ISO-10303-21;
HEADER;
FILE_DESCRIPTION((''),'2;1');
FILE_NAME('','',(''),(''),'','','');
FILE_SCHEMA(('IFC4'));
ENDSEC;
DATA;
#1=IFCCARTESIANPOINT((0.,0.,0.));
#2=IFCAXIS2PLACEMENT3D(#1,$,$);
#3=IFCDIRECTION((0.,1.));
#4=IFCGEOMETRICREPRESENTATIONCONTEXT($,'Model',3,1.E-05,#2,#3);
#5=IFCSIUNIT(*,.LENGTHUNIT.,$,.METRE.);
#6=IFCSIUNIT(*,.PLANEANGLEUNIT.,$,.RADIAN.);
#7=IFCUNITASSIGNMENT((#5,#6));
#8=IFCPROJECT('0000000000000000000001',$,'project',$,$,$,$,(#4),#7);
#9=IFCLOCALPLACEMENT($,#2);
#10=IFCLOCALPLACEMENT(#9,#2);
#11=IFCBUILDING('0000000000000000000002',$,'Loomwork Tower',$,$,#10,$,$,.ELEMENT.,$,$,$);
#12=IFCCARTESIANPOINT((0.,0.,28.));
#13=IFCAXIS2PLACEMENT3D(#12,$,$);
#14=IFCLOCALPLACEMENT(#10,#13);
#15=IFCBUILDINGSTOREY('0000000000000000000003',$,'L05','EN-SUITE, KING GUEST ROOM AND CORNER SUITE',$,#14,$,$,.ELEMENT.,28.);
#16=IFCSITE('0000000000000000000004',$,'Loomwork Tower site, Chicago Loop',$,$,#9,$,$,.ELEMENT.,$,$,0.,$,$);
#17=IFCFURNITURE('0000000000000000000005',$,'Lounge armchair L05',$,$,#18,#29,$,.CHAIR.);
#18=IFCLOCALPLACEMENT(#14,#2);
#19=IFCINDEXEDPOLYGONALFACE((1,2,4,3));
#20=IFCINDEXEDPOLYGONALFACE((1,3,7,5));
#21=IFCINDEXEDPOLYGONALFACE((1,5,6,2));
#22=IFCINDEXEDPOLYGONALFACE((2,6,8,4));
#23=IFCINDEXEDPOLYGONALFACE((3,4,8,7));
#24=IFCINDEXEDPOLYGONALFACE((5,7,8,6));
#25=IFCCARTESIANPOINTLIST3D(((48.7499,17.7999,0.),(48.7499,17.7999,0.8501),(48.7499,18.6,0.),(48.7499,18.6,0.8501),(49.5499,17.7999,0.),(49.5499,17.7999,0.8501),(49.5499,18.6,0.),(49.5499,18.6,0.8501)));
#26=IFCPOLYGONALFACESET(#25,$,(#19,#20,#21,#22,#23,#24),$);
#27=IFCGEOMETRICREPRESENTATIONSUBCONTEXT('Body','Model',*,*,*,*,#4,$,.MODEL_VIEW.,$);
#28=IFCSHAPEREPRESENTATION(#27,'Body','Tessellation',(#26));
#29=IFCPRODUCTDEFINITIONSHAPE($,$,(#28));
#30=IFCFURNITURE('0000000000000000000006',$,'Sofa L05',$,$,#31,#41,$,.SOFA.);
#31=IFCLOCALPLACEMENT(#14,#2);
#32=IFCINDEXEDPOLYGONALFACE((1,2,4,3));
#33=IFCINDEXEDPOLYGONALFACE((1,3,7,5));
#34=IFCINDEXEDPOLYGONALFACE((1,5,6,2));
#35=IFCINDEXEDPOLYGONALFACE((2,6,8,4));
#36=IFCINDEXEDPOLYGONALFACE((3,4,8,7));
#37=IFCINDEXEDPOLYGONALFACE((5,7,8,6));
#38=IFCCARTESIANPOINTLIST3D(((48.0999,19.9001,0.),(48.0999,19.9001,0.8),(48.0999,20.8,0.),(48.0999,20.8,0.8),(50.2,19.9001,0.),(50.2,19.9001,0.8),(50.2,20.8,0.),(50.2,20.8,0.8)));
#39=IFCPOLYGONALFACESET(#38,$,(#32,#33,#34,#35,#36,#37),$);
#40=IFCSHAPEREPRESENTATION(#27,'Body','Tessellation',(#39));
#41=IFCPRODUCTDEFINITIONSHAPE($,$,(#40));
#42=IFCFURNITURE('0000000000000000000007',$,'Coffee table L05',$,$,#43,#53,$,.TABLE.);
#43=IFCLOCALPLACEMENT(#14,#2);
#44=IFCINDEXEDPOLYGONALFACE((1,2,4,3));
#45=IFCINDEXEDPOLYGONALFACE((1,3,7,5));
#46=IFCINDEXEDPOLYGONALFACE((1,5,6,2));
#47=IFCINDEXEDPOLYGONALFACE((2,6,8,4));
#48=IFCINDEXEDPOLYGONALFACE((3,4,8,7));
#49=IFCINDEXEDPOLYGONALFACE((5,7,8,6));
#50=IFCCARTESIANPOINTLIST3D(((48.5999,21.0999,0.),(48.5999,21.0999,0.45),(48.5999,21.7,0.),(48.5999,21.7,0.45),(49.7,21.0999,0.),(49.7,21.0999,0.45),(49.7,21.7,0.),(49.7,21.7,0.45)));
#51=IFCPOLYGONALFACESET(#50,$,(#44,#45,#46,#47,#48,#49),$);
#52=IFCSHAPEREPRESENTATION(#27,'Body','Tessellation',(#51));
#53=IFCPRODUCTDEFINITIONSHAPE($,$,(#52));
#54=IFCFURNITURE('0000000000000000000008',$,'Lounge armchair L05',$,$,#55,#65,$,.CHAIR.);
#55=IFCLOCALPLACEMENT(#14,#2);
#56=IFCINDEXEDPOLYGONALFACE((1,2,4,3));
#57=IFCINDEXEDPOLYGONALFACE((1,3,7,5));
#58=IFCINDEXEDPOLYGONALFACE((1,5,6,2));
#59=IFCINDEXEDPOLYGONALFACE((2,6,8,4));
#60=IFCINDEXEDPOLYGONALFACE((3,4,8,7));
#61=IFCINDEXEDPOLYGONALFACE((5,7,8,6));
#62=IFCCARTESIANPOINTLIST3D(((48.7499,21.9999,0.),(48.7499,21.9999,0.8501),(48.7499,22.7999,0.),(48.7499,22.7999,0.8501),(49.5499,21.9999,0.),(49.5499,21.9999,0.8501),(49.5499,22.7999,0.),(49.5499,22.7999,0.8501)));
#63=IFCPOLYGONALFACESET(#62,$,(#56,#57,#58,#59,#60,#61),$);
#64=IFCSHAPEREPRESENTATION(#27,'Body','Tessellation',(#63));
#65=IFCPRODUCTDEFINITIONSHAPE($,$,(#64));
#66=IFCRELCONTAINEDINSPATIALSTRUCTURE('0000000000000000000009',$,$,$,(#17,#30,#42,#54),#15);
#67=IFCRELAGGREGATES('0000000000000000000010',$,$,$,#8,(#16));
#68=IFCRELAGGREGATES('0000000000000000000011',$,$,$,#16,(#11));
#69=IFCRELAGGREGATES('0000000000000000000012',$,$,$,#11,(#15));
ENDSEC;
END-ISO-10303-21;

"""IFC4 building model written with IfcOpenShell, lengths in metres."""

from ifc_helpers import new_model, si_unit, direction, frame, origin, origin_2d, place, context, subcontext, project, spatial, rectangle, extrude, element, save


model = new_model("IFC4")

# Units and contexts
model_context = context("Model", 3, precision=1e-05, world=origin(), true_north=direction((0.0, 1.0)))
body_context = subcontext(model_context, "Body", "Model", "MODEL_VIEW")
ifc_project = project(units=[si_unit("LENGTHUNIT", "METRE"), si_unit("PLANEANGLEUNIT", "RADIAN")], contexts=[model_context])

# Site, building, storey
site_placement = place(None, origin())
site = spatial("IfcSite", under=ifc_project, at=site_placement, Name="Loomwork Tower site, Chicago Loop", CompositionType="ELEMENT", RefElevation=0.0)
building_placement = place(site_placement, origin())
building = spatial("IfcBuilding", under=site, at=building_placement, Name="Loomwork Tower", CompositionType="ELEMENT")
storey_placement = place(building_placement, frame((0.0, 0.0, 28.0)))
storey = spatial("IfcBuildingStorey", under=building, at=storey_placement, Name="L05", Description="EN-SUITE, KING GUEST ROOM AND CORNER SUITE", CompositionType="ELEMENT", Elevation=28.0)

# Furniture
furniture_1_placement = place(storey_placement, frame((49.1499, 18.2, 0.0), z_axis=(0.0, 0.0, 1.0), x_axis=(1.0, 0.0, 0.0)))
element("IfcFurniture", 1, at=furniture_1_placement, inside=storey, Name="Lounge armchair L05", PredefinedType="CHAIR", context=body_context, shape_type="SweptSolid", body=[
    extrude(rectangle(XDim=0.8, YDim=0.8, at=origin_2d()), origin(), (0.0, 0.0, 1.0), 0.8501),
])
furniture_2_placement = place(storey_placement, frame((49.1499, 20.3501, 0.0), z_axis=(0.0, 0.0, 1.0), x_axis=(1.0, 0.0, 0.0)))
element("IfcFurniture", 2, at=furniture_2_placement, inside=storey, Name="Sofa L05", PredefinedType="SOFA", context=body_context, shape_type="SweptSolid", body=[
    extrude(rectangle(XDim=2.1001, YDim=0.8999, at=origin_2d()), origin(), (0.0, 0.0, 1.0), 0.8),
])
furniture_3_placement = place(storey_placement, frame((49.1499, 21.3999, 0.0), z_axis=(0.0, 0.0, 1.0), x_axis=(1.0, 0.0, 0.0)))
element("IfcFurniture", 3, at=furniture_3_placement, inside=storey, Name="Coffee table L05", PredefinedType="TABLE", context=body_context, shape_type="SweptSolid", body=[
    extrude(rectangle(XDim=1.1001, YDim=0.6001, at=origin_2d()), origin(), (0.0, 0.0, 1.0), 0.45),
])
furniture_4_placement = place(storey_placement, frame((49.1499, 22.3999, 0.0), z_axis=(0.0, 0.0, 1.0), x_axis=(1.0, 0.0, 0.0)))
element("IfcFurniture", 4, at=furniture_4_placement, inside=storey, Name="Lounge armchair L05", PredefinedType="CHAIR", context=body_context, shape_type="SweptSolid", body=[
    extrude(rectangle(XDim=0.8, YDim=0.8, at=origin_2d()), origin(), (0.0, 0.0, 1.0), 0.8501),
])

save(model, "model.ifc")
